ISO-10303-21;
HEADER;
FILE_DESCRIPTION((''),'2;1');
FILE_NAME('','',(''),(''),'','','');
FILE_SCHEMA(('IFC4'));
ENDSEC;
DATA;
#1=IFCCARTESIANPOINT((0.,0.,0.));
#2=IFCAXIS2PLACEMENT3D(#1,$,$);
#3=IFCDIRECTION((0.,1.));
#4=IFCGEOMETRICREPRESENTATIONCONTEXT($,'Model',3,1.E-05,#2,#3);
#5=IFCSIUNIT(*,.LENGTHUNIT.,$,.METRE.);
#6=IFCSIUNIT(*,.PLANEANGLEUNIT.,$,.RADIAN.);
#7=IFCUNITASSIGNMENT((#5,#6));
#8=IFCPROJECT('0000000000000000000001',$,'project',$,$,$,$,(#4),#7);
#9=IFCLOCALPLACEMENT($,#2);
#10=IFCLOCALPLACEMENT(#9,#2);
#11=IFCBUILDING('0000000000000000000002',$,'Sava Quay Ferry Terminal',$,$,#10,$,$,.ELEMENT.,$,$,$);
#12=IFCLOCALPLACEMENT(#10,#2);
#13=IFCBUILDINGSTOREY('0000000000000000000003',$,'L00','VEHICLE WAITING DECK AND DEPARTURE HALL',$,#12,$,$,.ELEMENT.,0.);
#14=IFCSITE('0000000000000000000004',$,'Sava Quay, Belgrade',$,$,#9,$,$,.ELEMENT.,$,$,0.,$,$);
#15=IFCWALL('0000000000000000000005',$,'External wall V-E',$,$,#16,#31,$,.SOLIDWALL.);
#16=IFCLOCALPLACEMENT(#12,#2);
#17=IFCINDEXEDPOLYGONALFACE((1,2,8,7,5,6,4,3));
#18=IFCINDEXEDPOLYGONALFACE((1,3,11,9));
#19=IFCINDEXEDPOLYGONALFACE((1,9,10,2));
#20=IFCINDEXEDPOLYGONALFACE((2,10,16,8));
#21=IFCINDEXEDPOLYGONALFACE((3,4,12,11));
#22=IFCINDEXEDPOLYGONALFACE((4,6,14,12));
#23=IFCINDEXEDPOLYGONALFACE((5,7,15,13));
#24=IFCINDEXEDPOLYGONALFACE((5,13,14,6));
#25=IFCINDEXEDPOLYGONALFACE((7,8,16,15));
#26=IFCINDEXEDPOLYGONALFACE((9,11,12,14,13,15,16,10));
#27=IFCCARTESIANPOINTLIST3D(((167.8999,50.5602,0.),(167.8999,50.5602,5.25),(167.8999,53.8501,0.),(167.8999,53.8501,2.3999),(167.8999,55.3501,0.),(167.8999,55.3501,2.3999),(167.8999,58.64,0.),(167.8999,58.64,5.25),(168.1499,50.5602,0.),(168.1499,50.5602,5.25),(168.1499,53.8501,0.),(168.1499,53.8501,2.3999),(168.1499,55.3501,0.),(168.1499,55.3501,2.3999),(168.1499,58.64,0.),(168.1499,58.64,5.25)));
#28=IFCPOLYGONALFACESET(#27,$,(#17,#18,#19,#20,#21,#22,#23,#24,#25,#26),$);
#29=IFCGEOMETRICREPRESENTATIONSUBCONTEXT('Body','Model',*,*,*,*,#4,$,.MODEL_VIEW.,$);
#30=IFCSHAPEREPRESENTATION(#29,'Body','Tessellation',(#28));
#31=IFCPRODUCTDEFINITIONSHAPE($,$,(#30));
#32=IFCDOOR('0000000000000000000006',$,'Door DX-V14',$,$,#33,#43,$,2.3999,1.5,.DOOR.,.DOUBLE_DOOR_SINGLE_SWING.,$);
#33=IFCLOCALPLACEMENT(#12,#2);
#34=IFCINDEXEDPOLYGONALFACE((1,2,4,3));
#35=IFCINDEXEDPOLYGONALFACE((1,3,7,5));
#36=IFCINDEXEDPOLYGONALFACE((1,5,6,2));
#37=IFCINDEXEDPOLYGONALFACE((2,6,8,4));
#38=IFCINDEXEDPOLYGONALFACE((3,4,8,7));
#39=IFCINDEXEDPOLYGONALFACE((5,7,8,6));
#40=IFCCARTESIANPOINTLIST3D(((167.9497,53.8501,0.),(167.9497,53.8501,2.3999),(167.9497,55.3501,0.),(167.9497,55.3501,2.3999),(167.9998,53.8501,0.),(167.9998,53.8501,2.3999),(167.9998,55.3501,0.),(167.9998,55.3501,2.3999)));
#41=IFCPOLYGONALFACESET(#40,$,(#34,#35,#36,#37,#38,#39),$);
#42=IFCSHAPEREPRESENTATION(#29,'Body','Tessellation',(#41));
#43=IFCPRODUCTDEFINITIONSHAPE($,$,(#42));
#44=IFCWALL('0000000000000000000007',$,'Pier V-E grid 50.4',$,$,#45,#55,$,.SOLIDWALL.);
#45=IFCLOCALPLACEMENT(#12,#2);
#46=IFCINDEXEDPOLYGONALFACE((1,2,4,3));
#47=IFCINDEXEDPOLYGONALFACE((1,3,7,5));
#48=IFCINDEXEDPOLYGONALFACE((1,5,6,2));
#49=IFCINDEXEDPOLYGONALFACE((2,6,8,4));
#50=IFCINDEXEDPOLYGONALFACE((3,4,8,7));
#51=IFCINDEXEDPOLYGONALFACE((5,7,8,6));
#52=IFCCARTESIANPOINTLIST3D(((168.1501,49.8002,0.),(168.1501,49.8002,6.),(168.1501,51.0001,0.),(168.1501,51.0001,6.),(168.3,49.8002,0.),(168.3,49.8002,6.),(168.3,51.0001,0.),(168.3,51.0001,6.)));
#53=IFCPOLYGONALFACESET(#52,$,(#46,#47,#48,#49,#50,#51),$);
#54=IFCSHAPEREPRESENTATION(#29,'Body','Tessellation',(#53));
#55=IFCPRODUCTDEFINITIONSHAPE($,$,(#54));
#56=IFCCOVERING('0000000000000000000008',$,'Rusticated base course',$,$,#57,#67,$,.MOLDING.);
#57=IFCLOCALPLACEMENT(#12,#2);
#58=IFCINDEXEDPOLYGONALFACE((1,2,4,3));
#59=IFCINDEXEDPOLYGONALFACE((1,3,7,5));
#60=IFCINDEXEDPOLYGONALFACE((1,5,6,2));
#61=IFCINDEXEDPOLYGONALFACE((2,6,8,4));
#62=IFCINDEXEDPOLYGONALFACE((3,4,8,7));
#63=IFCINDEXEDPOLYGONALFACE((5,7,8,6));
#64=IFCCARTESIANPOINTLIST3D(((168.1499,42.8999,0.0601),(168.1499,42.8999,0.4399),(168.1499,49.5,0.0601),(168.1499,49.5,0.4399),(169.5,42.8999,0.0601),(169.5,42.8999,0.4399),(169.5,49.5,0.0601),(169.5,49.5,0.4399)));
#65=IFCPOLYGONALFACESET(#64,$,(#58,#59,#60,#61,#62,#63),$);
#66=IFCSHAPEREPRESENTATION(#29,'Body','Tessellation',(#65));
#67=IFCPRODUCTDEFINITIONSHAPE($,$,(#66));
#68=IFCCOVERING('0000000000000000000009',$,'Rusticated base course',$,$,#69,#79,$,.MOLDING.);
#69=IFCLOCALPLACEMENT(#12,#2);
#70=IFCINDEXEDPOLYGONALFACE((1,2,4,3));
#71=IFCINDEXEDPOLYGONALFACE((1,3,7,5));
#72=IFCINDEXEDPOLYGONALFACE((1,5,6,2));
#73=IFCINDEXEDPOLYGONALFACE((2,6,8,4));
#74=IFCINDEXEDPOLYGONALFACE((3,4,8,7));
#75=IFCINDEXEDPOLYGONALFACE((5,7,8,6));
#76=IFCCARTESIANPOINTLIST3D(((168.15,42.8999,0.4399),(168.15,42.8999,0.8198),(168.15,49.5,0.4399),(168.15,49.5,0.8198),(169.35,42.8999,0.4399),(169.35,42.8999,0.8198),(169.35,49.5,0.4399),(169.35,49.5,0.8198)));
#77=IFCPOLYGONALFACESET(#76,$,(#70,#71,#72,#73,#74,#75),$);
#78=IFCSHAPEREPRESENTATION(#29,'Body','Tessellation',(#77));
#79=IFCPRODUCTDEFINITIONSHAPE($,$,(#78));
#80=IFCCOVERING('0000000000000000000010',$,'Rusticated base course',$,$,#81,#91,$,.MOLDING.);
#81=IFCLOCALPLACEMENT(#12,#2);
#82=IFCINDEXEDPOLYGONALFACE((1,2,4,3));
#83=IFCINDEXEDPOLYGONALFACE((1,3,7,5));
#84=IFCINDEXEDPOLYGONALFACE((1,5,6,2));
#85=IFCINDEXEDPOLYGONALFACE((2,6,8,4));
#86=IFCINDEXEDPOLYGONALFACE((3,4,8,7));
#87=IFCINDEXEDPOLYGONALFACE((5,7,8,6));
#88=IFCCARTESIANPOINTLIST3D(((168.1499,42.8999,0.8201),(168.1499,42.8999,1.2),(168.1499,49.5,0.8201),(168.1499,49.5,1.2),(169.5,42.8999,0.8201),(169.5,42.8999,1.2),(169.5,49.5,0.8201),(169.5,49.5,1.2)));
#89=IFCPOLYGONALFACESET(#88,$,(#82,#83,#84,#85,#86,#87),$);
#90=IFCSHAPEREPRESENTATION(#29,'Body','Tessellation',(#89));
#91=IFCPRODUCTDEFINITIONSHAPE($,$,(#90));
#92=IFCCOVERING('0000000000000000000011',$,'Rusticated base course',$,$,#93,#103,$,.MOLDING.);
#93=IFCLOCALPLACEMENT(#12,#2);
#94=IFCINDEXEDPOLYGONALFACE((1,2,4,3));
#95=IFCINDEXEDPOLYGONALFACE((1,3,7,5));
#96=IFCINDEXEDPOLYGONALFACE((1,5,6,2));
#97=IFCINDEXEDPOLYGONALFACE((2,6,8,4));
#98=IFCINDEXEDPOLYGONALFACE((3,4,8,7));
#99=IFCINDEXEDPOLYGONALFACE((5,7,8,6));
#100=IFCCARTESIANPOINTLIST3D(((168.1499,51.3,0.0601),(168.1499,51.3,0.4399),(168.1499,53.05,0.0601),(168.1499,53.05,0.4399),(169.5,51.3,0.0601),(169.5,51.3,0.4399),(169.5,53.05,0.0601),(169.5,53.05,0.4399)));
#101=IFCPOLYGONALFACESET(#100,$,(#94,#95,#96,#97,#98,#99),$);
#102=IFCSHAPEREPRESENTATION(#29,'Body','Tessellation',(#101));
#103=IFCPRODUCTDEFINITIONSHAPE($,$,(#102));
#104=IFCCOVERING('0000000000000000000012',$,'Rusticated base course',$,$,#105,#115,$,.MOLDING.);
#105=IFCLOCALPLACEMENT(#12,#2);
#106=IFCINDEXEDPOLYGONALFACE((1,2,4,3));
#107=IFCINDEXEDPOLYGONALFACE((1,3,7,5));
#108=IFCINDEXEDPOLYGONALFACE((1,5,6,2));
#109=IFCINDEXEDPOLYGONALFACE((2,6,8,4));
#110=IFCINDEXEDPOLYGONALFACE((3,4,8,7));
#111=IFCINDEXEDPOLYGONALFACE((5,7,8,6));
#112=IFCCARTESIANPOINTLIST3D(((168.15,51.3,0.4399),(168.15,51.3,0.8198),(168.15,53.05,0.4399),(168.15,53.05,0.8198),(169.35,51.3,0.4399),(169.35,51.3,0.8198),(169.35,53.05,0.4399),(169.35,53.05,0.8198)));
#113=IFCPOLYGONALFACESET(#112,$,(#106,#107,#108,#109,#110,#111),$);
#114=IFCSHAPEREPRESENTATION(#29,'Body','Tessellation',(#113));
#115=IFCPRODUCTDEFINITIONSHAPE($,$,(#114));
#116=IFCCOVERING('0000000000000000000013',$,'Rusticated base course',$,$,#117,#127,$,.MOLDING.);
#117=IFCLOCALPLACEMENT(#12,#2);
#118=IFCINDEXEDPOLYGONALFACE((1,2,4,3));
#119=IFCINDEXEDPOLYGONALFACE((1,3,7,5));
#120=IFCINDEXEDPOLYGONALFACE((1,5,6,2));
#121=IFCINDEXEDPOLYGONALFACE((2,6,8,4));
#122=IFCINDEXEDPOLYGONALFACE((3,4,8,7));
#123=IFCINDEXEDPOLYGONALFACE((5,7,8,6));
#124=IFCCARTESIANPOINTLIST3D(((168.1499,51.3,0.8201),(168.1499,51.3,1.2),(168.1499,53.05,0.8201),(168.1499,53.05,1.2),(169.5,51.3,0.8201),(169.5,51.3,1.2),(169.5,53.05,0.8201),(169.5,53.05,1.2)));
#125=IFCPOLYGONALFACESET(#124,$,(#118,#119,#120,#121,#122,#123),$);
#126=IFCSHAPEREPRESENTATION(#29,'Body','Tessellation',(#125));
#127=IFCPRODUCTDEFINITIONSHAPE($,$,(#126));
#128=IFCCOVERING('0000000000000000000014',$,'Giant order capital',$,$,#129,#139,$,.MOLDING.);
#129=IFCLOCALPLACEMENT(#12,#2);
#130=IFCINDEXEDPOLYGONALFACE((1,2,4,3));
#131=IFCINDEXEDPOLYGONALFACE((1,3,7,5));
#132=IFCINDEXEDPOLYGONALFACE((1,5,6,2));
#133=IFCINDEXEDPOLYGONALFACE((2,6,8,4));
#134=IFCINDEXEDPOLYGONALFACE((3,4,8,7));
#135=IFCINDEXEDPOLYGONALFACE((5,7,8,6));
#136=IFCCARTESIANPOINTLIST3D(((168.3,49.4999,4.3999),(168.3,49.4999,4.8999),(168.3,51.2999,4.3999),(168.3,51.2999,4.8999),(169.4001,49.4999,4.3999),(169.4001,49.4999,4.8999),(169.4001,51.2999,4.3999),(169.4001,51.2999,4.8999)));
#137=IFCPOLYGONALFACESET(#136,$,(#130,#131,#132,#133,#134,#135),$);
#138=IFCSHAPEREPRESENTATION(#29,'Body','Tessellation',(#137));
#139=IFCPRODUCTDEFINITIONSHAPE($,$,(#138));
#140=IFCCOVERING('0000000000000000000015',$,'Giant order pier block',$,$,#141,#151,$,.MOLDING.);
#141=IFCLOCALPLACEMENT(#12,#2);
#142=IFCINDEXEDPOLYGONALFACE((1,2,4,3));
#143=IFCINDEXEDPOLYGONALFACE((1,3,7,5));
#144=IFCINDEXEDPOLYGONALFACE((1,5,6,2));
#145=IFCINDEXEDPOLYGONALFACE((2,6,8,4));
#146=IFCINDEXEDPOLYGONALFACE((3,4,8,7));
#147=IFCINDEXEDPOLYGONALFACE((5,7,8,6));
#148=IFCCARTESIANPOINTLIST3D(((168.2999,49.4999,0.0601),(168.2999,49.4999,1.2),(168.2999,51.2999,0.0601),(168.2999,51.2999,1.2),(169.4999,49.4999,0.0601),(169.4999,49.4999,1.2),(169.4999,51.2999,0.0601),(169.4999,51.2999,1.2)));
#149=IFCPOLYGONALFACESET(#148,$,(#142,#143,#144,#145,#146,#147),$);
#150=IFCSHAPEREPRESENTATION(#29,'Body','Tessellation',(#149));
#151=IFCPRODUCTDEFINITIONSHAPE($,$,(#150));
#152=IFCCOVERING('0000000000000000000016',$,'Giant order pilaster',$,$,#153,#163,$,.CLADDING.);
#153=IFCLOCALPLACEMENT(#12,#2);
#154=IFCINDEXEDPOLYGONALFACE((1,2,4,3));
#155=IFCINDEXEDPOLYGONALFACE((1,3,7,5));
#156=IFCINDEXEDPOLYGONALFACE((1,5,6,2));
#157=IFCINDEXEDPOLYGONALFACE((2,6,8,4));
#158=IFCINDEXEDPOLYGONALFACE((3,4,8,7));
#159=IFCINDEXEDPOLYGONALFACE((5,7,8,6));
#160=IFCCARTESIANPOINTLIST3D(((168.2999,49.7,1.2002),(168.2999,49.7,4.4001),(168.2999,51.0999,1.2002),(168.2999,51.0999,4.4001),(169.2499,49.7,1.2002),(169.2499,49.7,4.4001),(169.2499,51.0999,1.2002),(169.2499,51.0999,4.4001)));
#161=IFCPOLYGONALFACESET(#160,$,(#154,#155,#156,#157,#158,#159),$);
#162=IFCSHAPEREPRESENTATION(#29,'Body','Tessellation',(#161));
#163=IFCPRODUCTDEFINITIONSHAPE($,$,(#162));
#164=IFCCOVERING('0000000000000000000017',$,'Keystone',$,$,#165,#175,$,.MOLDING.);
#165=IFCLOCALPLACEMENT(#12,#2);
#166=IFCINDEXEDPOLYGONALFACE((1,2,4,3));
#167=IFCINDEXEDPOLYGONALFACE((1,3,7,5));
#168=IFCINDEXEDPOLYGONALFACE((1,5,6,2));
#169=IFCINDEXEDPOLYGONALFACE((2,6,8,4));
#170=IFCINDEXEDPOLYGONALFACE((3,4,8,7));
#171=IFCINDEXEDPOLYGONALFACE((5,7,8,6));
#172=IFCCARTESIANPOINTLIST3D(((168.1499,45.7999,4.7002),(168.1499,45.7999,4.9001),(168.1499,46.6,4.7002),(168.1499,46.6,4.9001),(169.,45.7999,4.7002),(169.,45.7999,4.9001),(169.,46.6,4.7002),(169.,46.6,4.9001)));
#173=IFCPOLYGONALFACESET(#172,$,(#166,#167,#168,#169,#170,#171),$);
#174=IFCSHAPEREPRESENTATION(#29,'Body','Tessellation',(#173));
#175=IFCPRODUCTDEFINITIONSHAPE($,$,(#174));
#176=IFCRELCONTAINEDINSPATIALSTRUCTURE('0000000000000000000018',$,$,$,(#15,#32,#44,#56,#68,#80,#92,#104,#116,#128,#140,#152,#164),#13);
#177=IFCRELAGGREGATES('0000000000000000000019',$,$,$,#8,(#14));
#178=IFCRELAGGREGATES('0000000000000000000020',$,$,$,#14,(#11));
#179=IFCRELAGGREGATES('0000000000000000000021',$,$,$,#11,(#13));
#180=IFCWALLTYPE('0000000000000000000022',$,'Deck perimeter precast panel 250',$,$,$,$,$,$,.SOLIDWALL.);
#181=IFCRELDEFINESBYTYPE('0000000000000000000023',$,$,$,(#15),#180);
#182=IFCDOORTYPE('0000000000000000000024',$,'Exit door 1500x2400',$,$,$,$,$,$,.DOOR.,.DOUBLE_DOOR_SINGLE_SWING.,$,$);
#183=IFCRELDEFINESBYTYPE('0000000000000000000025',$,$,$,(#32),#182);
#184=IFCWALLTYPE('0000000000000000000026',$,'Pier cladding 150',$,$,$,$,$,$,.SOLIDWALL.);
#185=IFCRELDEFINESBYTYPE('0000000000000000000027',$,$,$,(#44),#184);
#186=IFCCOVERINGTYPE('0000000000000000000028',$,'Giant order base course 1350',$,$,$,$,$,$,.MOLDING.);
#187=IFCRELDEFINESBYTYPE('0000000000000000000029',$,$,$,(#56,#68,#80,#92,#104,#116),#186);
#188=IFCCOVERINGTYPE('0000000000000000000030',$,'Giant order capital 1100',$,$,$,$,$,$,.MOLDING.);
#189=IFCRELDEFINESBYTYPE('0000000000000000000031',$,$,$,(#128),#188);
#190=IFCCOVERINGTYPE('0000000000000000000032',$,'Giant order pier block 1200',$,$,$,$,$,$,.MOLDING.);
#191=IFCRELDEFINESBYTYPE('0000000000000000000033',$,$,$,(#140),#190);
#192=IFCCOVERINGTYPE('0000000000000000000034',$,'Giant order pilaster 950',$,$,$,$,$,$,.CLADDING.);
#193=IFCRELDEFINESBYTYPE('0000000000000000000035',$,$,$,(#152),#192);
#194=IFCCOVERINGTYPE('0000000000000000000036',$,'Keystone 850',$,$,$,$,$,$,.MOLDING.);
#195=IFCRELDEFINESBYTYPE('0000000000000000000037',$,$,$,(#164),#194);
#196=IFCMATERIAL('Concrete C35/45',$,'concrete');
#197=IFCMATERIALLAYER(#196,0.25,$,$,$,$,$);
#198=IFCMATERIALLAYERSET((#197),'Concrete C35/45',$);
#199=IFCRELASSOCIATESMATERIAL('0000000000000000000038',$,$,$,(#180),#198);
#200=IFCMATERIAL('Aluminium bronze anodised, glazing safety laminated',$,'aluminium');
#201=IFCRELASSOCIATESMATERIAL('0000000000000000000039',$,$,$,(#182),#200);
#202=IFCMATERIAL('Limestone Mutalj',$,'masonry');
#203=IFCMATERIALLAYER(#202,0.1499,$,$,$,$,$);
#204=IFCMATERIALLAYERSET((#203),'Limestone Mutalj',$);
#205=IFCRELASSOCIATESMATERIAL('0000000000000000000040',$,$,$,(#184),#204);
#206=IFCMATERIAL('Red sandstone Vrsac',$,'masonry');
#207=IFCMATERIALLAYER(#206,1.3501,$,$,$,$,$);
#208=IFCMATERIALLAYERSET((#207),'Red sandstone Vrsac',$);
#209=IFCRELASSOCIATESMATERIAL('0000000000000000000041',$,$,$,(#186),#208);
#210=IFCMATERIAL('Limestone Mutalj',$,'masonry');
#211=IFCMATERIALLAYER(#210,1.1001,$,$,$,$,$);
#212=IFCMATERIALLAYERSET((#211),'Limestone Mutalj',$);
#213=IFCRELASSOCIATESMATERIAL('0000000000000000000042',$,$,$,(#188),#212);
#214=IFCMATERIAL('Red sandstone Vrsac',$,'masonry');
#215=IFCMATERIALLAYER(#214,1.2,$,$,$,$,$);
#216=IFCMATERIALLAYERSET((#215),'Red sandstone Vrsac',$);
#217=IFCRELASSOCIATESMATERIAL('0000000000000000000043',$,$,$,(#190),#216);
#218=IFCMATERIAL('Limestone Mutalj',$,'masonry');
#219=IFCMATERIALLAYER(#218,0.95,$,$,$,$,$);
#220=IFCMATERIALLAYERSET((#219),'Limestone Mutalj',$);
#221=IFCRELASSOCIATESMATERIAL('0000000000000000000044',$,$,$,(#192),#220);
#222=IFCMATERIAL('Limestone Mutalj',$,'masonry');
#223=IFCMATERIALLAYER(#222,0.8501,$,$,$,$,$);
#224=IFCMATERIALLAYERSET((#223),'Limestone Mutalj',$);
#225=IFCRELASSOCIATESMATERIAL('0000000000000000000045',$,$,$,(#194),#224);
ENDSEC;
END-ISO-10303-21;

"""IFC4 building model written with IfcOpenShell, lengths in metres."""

from ifc_helpers import new_model, si_unit, direction, frame, frame_2d, origin, origin_2d, place, context, subcontext, project, spatial, rectangle, extrude, material, layer, layer_set, type_object, element, fill, save


model = new_model("IFC4")

# Units and contexts
model_context = context("Model", 3, precision=1e-05, world=origin(), true_north=direction((0.0, 1.0)))
body_context = subcontext(model_context, "Body", "Model", "MODEL_VIEW")
ifc_project = project(units=[si_unit("LENGTHUNIT", "METRE"), si_unit("PLANEANGLEUNIT", "RADIAN")], contexts=[model_context])

# Site, building, storey
site_placement = place(None, origin())
site = spatial("IfcSite", under=ifc_project, at=site_placement, Name="Sava Quay, Belgrade", CompositionType="ELEMENT", RefElevation=0.0)
building_placement = place(site_placement, origin())
building = spatial("IfcBuilding", under=site, at=building_placement, Name="Sava Quay Ferry Terminal", CompositionType="ELEMENT")
storey_placement = place(building_placement, origin())
storey = spatial("IfcBuildingStorey", under=building, at=storey_placement, Name="L00", Description="VEHICLE WAITING DECK AND DEPARTURE HALL", CompositionType="ELEMENT", Elevation=0.0)

# Wall, opening, door
ifc_material_1 = material(Name="Concrete C35/45", Category="concrete")
ifc_layer_1 = layer(ifc_material_1, 0.25)
ifc_layer_set_1 = layer_set([ifc_layer_1], Name="Concrete C35/45")
wall_type_1 = type_object("IfcWallType", Name="Deck perimeter precast panel 250", PredefinedType="SOLIDWALL", material=ifc_layer_set_1)
wall_1_placement = place(storey_placement, frame((168.0249, 50.5601, 0.0), z_axis=(0.0, 0.0, 1.0), x_axis=(0.0, 1.0, 0.0)))
wall_1 = element("IfcWall", 1, at=wall_1_placement, inside=storey, type_object=wall_type_1, Name="External wall V-E", PredefinedType="SOLIDWALL", context=body_context, shape_type="SweptSolid", body=[
    extrude(rectangle(XDim=8.0798, YDim=0.25, at=frame_2d((4.04, 0.0))), origin(), (0.0, 0.0, 1.0), 5.25),
])
opening_placement = place(wall_1_placement, frame((3.29, 0.0, 0.0)))
opening = element("IfcOpeningElement", 2, at=opening_placement, cuts=wall_1, PredefinedType="OPENING", context=body_context, shape_type="SweptSolid", body=[
    extrude(rectangle(XDim=1.5, YDim=2.3999, at=frame_2d((0.75, 1.2))), frame((0.0, 0.125, 0.0), z_axis=(0.0, -1.0, 0.0), x_axis=(1.0, 0.0, 0.0)), (0.0, 0.0, 1.0), 0.25),
])
ifc_material_2 = material(Name="Aluminium bronze anodised, glazing safety laminated", Category="aluminium")
door_type = type_object("IfcDoorType", Name="Exit door 1500x2400", OperationType="DOUBLE_DOOR_SINGLE_SWING", PredefinedType="DOOR", material=ifc_material_2)
door_placement = place(opening_placement, frame((1.5, 0.05, 0.0), z_axis=(0.0, 0.0, 1.0), x_axis=(-1.0, 0.0, 0.0)))
door = element("IfcDoor", 3, at=door_placement, inside=storey, type_object=door_type, Name="Door DX-V14", OperationType="DOUBLE_DOOR_SINGLE_SWING", OverallHeight=2.3999, OverallWidth=1.5, PredefinedType="DOOR", context=body_context, shape_type="SweptSolid", body=[
    extrude(rectangle(XDim=1.5, YDim=2.3999, at=frame_2d((0.75, 1.2))), frame((0.0, 0.0249, 0.0), z_axis=(0.0, -1.0, 0.0), x_axis=(1.0, 0.0, 0.0)), (0.0, 0.0, 1.0), 0.05),
])
fill(opening, door)

# Wall
ifc_material_3 = material(Name="Limestone Mutalj", Category="masonry")
ifc_layer_2 = layer(ifc_material_3, 0.1499)
ifc_layer_set_2 = layer_set([ifc_layer_2], Name="Limestone Mutalj")
wall_type_2 = type_object("IfcWallType", Name="Pier cladding 150", PredefinedType="SOLIDWALL", material=ifc_layer_set_2)
wall_2_placement = place(storey_placement, frame((168.2251, 49.8, 0.0), z_axis=(0.0, 0.0, 1.0), x_axis=(0.0, 1.0, 0.0)))
element("IfcWall", 4, at=wall_2_placement, inside=storey, type_object=wall_type_2, Name="Pier V-E grid 50.4", PredefinedType="SOLIDWALL", context=body_context, shape_type="SweptSolid", body=[
    extrude(rectangle(XDim=1.2, YDim=0.1499, at=frame_2d((0.6001, 0.0))), origin(), (0.0, 0.0, 1.0), 6.0),
])

# Coverings
ifc_material_4 = material(Name="Red sandstone Vrsac", Category="masonry")
ifc_layer_3 = layer(ifc_material_4, 1.3501)
ifc_layer_set_3 = layer_set([ifc_layer_3], Name="Red sandstone Vrsac")
covering_type_1 = type_object("IfcCoveringType", Name="Giant order base course 1350", PredefinedType="MOLDING", material=ifc_layer_set_3)
covering_1_placement = place(storey_placement, frame((168.825, 46.2, 0.0601), z_axis=(0.0, 0.0, 1.0), x_axis=(1.0, 0.0, 0.0)))
element("IfcCovering", 5, at=covering_1_placement, inside=storey, type_object=covering_type_1, Name="Rusticated base course", PredefinedType="MOLDING", context=body_context, shape_type="SweptSolid", body=[
    extrude(rectangle(XDim=1.3501, YDim=6.6001, at=origin_2d()), origin(), (0.0, 0.0, 1.0), 0.3799),
])
covering_2_placement = place(storey_placement, frame((168.75, 46.2, 0.4399), z_axis=(0.0, 0.0, 1.0), x_axis=(1.0, 0.0, 0.0)))
element("IfcCovering", 6, at=covering_2_placement, inside=storey, type_object=covering_type_1, Name="Rusticated base course", PredefinedType="MOLDING", context=body_context, shape_type="SweptSolid", body=[
    extrude(rectangle(XDim=1.2, YDim=6.6001, at=origin_2d()), origin(), (0.0, 0.0, 1.0), 0.3799),
])
covering_3_placement = place(storey_placement, frame((168.825, 46.2, 0.8201), z_axis=(0.0, 0.0, 1.0), x_axis=(1.0, 0.0, 0.0)))
element("IfcCovering", 7, at=covering_3_placement, inside=storey, type_object=covering_type_1, Name="Rusticated base course", PredefinedType="MOLDING", context=body_context, shape_type="SweptSolid", body=[
    extrude(rectangle(XDim=1.3501, YDim=6.6001, at=origin_2d()), origin(), (0.0, 0.0, 1.0), 0.3799),
])
covering_4_placement = place(storey_placement, frame((168.825, 52.175, 0.0601), z_axis=(0.0, 0.0, 1.0), x_axis=(1.0, 0.0, 0.0)))
element("IfcCovering", 8, at=covering_4_placement, inside=storey, type_object=covering_type_1, Name="Rusticated base course", PredefinedType="MOLDING", context=body_context, shape_type="SweptSolid", body=[
    extrude(rectangle(XDim=1.3501, YDim=1.75, at=origin_2d()), origin(), (0.0, 0.0, 1.0), 0.3799),
])
covering_5_placement = place(storey_placement, frame((168.75, 52.175, 0.4399), z_axis=(0.0, 0.0, 1.0), x_axis=(1.0, 0.0, 0.0)))
element("IfcCovering", 9, at=covering_5_placement, inside=storey, type_object=covering_type_1, Name="Rusticated base course", PredefinedType="MOLDING", context=body_context, shape_type="SweptSolid", body=[
    extrude(rectangle(XDim=1.2, YDim=1.75, at=origin_2d()), origin(), (0.0, 0.0, 1.0), 0.3799),
])
covering_6_placement = place(storey_placement, frame((168.825, 52.175, 0.8201), z_axis=(0.0, 0.0, 1.0), x_axis=(1.0, 0.0, 0.0)))
element("IfcCovering", 10, at=covering_6_placement, inside=storey, type_object=covering_type_1, Name="Rusticated base course", PredefinedType="MOLDING", context=body_context, shape_type="SweptSolid", body=[
    extrude(rectangle(XDim=1.3501, YDim=1.75, at=origin_2d()), origin(), (0.0, 0.0, 1.0), 0.3799),
])
ifc_material_5 = material(Name="Limestone Mutalj", Category="masonry")
ifc_layer_4 = layer(ifc_material_5, 1.1001)
ifc_layer_set_4 = layer_set([ifc_layer_4], Name="Limestone Mutalj")
covering_type_2 = type_object("IfcCoveringType", Name="Giant order capital 1100", PredefinedType="MOLDING", material=ifc_layer_set_4)
covering_7_placement = place(storey_placement, frame((168.8501, 50.3999, 4.3999), z_axis=(0.0, 0.0, 1.0), x_axis=(1.0, 0.0, 0.0)))
element("IfcCovering", 11, at=covering_7_placement, inside=storey, type_object=covering_type_2, Name="Giant order capital", PredefinedType="MOLDING", context=body_context, shape_type="SweptSolid", body=[
    extrude(rectangle(XDim=1.1001, YDim=1.8, at=origin_2d()), origin(), (0.0, 0.0, 1.0), 0.5),
])
ifc_material_6 = material(Name="Red sandstone Vrsac", Category="masonry")
ifc_layer_5 = layer(ifc_material_6, 1.2)
ifc_layer_set_5 = layer_set([ifc_layer_5], Name="Red sandstone Vrsac")
covering_type_3 = type_object("IfcCoveringType", Name="Giant order pier block 1200", PredefinedType="MOLDING", material=ifc_layer_set_5)
covering_8_placement = place(storey_placement, frame((168.8999, 50.3999, 0.0601), z_axis=(0.0, 0.0, 1.0), x_axis=(1.0, 0.0, 0.0)))
element("IfcCovering", 12, at=covering_8_placement, inside=storey, type_object=covering_type_3, Name="Giant order pier block", PredefinedType="MOLDING", context=body_context, shape_type="SweptSolid", body=[
    extrude(rectangle(XDim=1.2, YDim=1.8, at=origin_2d()), origin(), (0.0, 0.0, 1.0), 1.1399),
])
ifc_material_7 = material(Name="Limestone Mutalj", Category="masonry")
ifc_layer_6 = layer(ifc_material_7, 0.95)
ifc_layer_set_6 = layer_set([ifc_layer_6], Name="Limestone Mutalj")
covering_type_4 = type_object("IfcCoveringType", Name="Giant order pilaster 950", PredefinedType="CLADDING", material=ifc_layer_set_6)
covering_9_placement = place(storey_placement, frame((168.7749, 50.3999, 1.2002), z_axis=(0.0, 0.0, 1.0), x_axis=(1.0, 0.0, 0.0)))
element("IfcCovering", 13, at=covering_9_placement, inside=storey, type_object=covering_type_4, Name="Giant order pilaster", PredefinedType="CLADDING", context=body_context, shape_type="SweptSolid", body=[
    extrude(rectangle(XDim=0.95, YDim=1.3999, at=origin_2d()), origin(), (0.0, 0.0, 1.0), 3.2),
])
ifc_material_8 = material(Name="Limestone Mutalj", Category="masonry")
ifc_layer_7 = layer(ifc_material_8, 0.8501)
ifc_layer_set_7 = layer_set([ifc_layer_7], Name="Limestone Mutalj")
covering_type_5 = type_object("IfcCoveringType", Name="Keystone 850", PredefinedType="MOLDING", material=ifc_layer_set_7)
covering_10_placement = place(storey_placement, frame((168.575, 46.2, 4.7002), z_axis=(0.0, 0.0, 1.0), x_axis=(1.0, 0.0, 0.0)))
element("IfcCovering", 14, at=covering_10_placement, inside=storey, type_object=covering_type_5, Name="Keystone", PredefinedType="MOLDING", context=body_context, shape_type="SweptSolid", body=[
    extrude(rectangle(XDim=0.8501, YDim=0.8, at=origin_2d()), origin(), (0.0, 0.0, 1.0), 0.2),
])

save(model, "model.ifc")
